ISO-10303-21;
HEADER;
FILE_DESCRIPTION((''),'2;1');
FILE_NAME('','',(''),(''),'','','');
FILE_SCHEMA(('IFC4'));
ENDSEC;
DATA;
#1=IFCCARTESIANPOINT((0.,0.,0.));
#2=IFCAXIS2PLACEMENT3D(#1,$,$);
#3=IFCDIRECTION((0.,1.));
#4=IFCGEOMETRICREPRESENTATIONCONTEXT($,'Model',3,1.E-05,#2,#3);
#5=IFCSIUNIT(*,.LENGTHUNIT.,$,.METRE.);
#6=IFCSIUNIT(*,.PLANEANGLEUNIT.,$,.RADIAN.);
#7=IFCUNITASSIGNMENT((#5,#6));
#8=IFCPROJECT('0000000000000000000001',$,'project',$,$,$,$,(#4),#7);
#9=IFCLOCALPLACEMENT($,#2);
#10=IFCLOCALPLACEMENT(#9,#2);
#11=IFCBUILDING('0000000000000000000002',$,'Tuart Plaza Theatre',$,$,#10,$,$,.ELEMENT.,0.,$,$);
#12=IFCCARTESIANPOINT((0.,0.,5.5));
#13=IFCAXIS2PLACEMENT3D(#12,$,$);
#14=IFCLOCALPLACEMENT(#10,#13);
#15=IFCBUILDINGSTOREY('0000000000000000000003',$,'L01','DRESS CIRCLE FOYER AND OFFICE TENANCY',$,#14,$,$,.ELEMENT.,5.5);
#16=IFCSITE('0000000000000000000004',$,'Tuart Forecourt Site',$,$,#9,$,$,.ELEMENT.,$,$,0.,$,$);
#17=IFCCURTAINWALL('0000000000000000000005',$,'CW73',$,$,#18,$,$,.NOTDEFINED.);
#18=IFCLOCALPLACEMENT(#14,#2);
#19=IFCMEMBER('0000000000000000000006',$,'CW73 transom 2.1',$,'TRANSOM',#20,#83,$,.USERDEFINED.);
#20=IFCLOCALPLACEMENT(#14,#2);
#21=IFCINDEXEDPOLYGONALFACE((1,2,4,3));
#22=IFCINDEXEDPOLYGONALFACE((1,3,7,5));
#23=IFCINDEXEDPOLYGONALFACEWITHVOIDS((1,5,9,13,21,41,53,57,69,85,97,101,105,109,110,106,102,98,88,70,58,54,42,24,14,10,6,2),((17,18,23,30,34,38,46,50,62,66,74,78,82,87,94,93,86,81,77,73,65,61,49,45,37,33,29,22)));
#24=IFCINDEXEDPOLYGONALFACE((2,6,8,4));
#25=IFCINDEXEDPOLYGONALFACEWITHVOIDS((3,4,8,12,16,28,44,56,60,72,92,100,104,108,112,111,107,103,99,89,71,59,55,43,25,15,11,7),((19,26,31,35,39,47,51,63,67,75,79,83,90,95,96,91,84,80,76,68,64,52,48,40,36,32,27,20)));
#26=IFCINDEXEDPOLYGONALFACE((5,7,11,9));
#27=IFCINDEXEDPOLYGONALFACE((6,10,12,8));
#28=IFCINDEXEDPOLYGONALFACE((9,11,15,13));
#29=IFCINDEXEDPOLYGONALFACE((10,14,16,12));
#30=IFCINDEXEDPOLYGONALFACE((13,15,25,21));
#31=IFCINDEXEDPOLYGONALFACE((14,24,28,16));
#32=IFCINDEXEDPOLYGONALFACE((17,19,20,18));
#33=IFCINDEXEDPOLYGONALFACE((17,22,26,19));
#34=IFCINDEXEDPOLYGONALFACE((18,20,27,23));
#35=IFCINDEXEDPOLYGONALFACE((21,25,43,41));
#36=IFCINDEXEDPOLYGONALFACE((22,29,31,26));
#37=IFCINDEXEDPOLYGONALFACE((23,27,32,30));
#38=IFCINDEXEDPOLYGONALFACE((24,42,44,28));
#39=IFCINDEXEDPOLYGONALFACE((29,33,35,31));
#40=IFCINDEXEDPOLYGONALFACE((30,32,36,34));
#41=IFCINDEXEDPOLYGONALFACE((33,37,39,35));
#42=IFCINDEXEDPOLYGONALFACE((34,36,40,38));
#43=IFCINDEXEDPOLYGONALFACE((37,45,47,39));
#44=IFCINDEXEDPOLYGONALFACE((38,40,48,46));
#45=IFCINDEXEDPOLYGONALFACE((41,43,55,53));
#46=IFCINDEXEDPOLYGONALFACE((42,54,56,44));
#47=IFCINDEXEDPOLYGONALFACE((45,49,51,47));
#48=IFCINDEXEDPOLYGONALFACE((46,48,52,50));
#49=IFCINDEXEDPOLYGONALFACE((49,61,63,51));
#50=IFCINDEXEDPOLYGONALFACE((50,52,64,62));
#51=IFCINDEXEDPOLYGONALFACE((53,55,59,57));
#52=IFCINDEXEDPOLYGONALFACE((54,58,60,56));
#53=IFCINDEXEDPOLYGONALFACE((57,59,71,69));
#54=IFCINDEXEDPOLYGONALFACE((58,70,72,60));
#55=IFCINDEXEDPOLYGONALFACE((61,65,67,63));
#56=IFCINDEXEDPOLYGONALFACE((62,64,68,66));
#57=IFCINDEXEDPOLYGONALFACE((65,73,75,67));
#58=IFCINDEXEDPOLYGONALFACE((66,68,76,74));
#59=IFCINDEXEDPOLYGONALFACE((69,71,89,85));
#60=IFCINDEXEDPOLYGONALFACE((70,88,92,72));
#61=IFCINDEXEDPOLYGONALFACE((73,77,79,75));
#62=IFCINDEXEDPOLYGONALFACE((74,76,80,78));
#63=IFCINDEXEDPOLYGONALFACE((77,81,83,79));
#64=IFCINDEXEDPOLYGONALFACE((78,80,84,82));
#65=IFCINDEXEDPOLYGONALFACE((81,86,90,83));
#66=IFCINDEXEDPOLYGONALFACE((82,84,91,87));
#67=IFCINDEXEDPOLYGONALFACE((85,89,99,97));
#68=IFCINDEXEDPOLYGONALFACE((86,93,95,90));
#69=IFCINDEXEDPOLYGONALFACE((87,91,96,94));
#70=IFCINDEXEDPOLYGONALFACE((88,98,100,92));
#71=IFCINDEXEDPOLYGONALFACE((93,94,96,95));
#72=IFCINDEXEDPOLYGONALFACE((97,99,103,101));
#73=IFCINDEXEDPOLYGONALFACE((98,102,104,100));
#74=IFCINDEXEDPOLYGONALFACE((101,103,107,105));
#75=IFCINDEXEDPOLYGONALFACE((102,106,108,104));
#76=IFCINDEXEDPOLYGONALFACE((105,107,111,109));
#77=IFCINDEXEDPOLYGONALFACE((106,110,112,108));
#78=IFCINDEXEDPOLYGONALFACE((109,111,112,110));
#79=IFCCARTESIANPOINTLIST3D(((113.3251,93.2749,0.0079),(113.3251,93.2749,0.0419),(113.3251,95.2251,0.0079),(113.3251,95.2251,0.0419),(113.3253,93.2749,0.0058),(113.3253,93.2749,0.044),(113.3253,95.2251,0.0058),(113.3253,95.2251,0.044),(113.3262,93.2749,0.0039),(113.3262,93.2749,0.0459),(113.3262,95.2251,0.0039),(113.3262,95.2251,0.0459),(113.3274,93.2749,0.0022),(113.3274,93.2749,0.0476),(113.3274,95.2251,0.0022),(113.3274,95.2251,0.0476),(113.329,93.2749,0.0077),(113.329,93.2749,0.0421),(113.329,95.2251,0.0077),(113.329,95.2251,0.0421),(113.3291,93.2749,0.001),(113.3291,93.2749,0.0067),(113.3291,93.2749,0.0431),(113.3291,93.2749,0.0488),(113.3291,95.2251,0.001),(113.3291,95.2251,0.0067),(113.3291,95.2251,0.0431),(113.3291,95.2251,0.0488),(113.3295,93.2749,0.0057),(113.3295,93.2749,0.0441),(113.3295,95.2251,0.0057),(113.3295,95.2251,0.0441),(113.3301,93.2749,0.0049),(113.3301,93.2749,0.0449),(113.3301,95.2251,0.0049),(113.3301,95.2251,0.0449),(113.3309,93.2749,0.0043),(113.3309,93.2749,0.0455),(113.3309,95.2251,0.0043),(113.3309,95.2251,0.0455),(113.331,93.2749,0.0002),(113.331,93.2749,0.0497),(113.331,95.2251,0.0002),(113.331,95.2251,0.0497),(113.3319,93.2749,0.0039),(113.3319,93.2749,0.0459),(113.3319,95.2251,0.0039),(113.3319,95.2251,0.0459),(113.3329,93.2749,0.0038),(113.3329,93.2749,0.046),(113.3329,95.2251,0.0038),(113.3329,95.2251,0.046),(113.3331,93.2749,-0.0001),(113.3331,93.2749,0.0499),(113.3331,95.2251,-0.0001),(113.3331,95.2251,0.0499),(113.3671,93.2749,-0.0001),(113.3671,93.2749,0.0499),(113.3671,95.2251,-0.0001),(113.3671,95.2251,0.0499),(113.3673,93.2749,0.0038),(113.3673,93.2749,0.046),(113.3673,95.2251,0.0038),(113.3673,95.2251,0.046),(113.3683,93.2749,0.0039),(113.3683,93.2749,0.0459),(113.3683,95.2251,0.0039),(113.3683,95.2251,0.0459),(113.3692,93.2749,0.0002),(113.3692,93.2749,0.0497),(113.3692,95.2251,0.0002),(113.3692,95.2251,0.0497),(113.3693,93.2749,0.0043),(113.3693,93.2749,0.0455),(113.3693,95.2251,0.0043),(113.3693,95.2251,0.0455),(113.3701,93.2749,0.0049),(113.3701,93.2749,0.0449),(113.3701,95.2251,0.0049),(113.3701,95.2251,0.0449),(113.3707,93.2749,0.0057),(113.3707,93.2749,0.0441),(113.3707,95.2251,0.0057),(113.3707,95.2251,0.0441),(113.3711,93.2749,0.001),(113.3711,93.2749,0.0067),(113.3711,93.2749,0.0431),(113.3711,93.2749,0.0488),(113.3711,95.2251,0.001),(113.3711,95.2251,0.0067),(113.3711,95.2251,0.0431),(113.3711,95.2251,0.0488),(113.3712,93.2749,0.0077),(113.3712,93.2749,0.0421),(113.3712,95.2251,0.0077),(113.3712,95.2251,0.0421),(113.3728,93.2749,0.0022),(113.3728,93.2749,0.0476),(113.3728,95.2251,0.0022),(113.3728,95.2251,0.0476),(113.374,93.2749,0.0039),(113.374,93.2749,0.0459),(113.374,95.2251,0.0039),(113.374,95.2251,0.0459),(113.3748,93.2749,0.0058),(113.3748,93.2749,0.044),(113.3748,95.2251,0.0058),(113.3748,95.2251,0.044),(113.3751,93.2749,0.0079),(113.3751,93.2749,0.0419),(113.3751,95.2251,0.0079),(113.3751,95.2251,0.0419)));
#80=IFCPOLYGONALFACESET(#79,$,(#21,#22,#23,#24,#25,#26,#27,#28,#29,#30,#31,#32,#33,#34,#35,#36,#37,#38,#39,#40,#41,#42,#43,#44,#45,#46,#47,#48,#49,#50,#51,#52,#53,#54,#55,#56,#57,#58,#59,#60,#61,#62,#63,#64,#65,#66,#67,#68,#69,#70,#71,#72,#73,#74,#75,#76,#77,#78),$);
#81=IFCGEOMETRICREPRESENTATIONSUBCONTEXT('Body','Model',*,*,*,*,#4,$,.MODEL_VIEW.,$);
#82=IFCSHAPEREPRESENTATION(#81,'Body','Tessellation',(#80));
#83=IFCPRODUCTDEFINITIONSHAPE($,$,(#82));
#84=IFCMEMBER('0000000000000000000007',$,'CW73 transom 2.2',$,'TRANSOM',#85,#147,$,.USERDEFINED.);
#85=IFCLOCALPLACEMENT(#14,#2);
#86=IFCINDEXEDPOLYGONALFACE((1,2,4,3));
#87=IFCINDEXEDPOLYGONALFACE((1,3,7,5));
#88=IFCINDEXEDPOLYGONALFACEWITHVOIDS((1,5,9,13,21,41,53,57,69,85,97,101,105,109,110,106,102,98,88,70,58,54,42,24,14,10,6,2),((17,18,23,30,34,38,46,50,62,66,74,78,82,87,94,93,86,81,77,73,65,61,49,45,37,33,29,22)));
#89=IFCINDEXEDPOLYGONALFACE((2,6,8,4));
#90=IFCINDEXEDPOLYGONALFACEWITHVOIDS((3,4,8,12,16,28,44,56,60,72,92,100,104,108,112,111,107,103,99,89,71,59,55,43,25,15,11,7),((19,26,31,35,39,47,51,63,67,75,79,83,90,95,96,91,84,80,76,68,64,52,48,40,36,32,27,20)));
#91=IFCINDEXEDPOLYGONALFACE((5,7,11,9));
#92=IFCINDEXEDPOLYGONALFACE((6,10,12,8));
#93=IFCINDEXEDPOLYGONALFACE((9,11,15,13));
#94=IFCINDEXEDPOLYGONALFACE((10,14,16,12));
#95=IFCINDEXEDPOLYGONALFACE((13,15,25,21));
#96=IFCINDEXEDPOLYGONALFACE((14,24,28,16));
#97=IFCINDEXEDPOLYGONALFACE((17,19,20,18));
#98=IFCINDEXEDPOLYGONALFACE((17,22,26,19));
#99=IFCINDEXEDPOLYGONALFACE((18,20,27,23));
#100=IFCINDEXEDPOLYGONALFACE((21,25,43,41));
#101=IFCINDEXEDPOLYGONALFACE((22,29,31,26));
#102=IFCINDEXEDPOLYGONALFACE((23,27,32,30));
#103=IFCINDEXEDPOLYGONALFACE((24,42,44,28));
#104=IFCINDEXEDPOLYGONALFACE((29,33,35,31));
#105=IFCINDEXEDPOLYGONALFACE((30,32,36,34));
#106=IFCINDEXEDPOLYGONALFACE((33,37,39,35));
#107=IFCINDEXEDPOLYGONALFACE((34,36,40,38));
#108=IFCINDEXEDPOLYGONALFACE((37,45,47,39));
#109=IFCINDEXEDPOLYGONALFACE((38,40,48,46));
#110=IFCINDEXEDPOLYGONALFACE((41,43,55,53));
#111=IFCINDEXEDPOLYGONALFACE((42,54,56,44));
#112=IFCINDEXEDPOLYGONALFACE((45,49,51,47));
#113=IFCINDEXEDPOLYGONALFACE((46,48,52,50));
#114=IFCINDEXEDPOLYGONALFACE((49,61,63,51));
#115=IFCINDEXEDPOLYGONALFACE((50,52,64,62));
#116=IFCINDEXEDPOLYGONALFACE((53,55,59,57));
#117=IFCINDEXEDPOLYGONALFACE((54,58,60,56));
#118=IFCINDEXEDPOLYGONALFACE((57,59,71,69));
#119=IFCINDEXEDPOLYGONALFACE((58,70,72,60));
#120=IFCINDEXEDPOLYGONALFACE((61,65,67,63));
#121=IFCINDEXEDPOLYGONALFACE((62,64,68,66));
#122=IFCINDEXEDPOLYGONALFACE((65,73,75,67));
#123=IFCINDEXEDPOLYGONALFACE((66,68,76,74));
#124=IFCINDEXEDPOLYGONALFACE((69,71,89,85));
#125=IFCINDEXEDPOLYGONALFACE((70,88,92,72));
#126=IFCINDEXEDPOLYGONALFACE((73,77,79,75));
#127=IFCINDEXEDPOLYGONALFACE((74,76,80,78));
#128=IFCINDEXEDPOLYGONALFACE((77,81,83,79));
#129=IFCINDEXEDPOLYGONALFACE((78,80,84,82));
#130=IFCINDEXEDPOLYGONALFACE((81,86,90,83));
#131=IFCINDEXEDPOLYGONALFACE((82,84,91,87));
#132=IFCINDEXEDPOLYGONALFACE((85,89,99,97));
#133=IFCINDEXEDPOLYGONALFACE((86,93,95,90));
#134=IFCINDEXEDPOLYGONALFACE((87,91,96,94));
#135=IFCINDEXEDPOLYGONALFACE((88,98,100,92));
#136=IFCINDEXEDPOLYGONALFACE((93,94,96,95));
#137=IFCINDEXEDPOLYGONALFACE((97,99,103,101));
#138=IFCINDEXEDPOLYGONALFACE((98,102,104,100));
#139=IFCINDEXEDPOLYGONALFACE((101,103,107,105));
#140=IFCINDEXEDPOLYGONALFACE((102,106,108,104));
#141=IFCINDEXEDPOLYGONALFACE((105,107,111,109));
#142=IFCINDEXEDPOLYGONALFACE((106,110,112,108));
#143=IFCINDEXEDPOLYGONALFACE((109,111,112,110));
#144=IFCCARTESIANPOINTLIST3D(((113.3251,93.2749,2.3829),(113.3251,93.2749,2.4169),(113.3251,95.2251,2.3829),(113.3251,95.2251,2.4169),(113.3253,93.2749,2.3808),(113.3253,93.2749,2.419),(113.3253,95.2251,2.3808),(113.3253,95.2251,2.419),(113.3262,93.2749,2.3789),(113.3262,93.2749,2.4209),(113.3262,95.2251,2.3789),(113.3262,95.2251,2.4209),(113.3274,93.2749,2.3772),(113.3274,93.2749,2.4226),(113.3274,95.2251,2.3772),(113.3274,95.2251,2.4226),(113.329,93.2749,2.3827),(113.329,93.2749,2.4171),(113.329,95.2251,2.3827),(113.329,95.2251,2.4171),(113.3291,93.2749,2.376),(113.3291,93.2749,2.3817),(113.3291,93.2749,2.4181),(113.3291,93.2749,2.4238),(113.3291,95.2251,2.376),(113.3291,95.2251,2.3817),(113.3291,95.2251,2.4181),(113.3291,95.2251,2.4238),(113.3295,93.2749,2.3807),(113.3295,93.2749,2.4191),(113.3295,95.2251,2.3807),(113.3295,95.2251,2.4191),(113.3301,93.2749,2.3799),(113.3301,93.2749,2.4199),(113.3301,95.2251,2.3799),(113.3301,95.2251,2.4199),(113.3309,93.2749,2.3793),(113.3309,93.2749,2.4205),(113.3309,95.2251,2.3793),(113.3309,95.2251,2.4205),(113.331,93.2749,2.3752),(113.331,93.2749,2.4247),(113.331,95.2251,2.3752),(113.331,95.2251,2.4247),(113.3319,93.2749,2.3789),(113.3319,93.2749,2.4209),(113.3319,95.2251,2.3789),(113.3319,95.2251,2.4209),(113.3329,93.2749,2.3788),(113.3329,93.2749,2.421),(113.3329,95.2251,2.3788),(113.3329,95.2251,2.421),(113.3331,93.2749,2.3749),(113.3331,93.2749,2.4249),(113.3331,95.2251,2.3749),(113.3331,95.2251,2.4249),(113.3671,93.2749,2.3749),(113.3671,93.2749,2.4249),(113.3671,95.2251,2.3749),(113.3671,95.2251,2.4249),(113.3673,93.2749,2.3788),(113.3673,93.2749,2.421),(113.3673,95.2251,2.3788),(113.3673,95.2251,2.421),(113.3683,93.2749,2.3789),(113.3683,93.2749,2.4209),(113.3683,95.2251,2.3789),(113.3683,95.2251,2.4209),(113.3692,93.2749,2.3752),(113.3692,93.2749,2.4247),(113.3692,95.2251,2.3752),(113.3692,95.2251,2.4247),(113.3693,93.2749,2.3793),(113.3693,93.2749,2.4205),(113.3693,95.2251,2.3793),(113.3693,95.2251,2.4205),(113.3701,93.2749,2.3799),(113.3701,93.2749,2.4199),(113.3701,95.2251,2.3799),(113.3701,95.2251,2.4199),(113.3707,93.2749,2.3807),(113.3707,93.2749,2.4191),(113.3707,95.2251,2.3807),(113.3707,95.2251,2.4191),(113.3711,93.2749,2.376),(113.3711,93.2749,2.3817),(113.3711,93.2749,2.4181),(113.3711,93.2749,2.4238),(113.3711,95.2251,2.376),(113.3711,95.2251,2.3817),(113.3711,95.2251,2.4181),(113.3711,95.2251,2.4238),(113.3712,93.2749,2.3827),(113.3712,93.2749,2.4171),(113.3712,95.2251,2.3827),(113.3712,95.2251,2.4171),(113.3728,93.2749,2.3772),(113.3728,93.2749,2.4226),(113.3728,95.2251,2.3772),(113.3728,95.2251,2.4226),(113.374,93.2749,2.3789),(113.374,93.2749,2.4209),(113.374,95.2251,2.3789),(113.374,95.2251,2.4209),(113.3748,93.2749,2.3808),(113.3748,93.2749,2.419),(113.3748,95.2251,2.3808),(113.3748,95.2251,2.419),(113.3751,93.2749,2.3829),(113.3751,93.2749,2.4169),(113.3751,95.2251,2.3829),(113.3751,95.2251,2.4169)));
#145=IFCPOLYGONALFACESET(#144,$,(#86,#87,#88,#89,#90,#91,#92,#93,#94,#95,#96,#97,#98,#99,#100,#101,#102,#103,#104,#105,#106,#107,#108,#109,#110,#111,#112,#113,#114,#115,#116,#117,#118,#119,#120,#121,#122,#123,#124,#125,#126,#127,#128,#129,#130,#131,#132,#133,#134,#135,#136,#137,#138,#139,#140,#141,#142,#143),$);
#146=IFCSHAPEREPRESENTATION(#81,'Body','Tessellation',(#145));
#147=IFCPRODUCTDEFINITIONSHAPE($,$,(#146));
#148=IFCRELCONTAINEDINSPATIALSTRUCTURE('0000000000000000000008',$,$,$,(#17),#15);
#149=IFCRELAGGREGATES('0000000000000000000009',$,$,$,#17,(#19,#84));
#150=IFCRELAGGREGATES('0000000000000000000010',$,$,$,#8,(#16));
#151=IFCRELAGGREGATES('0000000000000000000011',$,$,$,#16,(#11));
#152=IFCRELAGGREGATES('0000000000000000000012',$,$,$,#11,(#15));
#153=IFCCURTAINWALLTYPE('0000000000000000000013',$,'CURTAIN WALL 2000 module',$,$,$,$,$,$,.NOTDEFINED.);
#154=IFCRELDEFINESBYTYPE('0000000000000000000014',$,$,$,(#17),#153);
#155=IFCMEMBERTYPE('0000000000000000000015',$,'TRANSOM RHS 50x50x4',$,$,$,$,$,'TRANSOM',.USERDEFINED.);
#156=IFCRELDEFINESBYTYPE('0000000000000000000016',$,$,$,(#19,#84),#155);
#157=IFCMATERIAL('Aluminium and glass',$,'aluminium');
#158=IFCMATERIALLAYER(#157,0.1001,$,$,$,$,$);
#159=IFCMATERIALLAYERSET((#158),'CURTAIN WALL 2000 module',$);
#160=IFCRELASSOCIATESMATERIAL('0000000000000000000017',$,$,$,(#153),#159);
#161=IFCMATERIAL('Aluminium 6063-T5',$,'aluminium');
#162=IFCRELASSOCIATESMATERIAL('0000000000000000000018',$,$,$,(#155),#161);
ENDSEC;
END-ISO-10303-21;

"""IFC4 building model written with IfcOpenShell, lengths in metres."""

from ifc_helpers import new_model, si_unit, direction, frame, origin, origin_2d, place, context, subcontext, project, spatial, hollow_rectangle, extrude, material, layer, layer_set, material_profile, profile_set, type_object, element, aggregate, save


model = new_model("IFC4")

# Units and contexts
model_context = context("Model", 3, precision=1e-05, world=origin(), true_north=direction((0.0, 1.0)))
body_context = subcontext(model_context, "Body", "Model", "MODEL_VIEW")
ifc_project = project(units=[si_unit("LENGTHUNIT", "METRE"), si_unit("PLANEANGLEUNIT", "RADIAN")], contexts=[model_context])

# Site, building, storey
site_placement = place(None, origin())
site = spatial("IfcSite", under=ifc_project, at=site_placement, Name="Tuart Forecourt Site", CompositionType="ELEMENT", RefElevation=0.0)
building_placement = place(site_placement, origin())
building = spatial("IfcBuilding", under=site, at=building_placement, Name="Tuart Plaza Theatre", CompositionType="ELEMENT", ElevationOfRefHeight=0.0)
storey_placement = place(building_placement, frame((0.0, 0.0, 5.5)))
storey = spatial("IfcBuildingStorey", under=building, at=storey_placement, Name="L01", Description="DRESS CIRCLE FOYER AND OFFICE TENANCY", CompositionType="ELEMENT", Elevation=5.5)

# Curtain wall, members
ifc_material_1 = material(Name="Aluminium and glass", Category="aluminium")
ifc_layer_1 = layer(ifc_material_1, 0.1001)
ifc_layer_set_1 = layer_set([ifc_layer_1], Name="CURTAIN WALL 2000 module")
curtain_wall_type = type_object("IfcCurtainWallType", Name="CURTAIN WALL 2000 module", PredefinedType="NOTDEFINED", material=ifc_layer_set_1)
curtain_wall_placement = place(storey_placement, origin())
curtain_wall = element("IfcCurtainWall", 1, at=curtain_wall_placement, inside=storey, type_object=curtain_wall_type, Name="CW73", PredefinedType="NOTDEFINED")
ifc_material_2 = material(Name="Aluminium 6063-T5", Category="aluminium")
ifc_material_profile_1 = material_profile(ifc_material_2, hollow_rectangle(XDim=0.05, YDim=0.05, WallThickness=0.0039, InnerFilletRadius=0.0039, OuterFilletRadius=0.0081, at=origin_2d()), Name="RHS 50x50x4")
ifc_profile_set_1 = profile_set([ifc_material_profile_1], Name="Aluminium 6063-T5")
member_type_1 = type_object("IfcMemberType", Name="TRANSOM RHS 50x50x4", ElementType="TRANSOM", PredefinedType="USERDEFINED", material=ifc_profile_set_1)
member_1_placement = place(storey_placement, frame((113.3501, 95.2251, 0.0249), z_axis=(0.0, -1.0, 0.0), x_axis=(1.0, 0.0, 0.0)))
member_1 = element("IfcMember", 2, at=member_1_placement, type_object=member_type_1, Name="CW73 transom 2.1", ObjectType="TRANSOM", PredefinedType="USERDEFINED", context=body_context, shape_type="SweptSolid", body=[
    extrude(hollow_rectangle(XDim=0.05, YDim=0.05, WallThickness=0.0039, InnerFilletRadius=0.0039, OuterFilletRadius=0.0081, at=origin_2d()), origin(), (0.0, 0.0, 1.0), 1.9502),
])
member_2_placement = place(storey_placement, frame((113.3501, 95.2251, 2.3999), z_axis=(0.0, -1.0, 0.0), x_axis=(1.0, 0.0, 0.0)))
member_2 = element("IfcMember", 3, at=member_2_placement, type_object=member_type_1, Name="CW73 transom 2.2", ObjectType="TRANSOM", PredefinedType="USERDEFINED", context=body_context, shape_type="SweptSolid", body=[
    extrude(hollow_rectangle(XDim=0.05, YDim=0.05, WallThickness=0.0039, InnerFilletRadius=0.0039, OuterFilletRadius=0.0081, at=origin_2d()), origin(), (0.0, 0.0, 1.0), 1.9502),
])
aggregate(curtain_wall, [member_1, member_2])

save(model, "model.ifc")
